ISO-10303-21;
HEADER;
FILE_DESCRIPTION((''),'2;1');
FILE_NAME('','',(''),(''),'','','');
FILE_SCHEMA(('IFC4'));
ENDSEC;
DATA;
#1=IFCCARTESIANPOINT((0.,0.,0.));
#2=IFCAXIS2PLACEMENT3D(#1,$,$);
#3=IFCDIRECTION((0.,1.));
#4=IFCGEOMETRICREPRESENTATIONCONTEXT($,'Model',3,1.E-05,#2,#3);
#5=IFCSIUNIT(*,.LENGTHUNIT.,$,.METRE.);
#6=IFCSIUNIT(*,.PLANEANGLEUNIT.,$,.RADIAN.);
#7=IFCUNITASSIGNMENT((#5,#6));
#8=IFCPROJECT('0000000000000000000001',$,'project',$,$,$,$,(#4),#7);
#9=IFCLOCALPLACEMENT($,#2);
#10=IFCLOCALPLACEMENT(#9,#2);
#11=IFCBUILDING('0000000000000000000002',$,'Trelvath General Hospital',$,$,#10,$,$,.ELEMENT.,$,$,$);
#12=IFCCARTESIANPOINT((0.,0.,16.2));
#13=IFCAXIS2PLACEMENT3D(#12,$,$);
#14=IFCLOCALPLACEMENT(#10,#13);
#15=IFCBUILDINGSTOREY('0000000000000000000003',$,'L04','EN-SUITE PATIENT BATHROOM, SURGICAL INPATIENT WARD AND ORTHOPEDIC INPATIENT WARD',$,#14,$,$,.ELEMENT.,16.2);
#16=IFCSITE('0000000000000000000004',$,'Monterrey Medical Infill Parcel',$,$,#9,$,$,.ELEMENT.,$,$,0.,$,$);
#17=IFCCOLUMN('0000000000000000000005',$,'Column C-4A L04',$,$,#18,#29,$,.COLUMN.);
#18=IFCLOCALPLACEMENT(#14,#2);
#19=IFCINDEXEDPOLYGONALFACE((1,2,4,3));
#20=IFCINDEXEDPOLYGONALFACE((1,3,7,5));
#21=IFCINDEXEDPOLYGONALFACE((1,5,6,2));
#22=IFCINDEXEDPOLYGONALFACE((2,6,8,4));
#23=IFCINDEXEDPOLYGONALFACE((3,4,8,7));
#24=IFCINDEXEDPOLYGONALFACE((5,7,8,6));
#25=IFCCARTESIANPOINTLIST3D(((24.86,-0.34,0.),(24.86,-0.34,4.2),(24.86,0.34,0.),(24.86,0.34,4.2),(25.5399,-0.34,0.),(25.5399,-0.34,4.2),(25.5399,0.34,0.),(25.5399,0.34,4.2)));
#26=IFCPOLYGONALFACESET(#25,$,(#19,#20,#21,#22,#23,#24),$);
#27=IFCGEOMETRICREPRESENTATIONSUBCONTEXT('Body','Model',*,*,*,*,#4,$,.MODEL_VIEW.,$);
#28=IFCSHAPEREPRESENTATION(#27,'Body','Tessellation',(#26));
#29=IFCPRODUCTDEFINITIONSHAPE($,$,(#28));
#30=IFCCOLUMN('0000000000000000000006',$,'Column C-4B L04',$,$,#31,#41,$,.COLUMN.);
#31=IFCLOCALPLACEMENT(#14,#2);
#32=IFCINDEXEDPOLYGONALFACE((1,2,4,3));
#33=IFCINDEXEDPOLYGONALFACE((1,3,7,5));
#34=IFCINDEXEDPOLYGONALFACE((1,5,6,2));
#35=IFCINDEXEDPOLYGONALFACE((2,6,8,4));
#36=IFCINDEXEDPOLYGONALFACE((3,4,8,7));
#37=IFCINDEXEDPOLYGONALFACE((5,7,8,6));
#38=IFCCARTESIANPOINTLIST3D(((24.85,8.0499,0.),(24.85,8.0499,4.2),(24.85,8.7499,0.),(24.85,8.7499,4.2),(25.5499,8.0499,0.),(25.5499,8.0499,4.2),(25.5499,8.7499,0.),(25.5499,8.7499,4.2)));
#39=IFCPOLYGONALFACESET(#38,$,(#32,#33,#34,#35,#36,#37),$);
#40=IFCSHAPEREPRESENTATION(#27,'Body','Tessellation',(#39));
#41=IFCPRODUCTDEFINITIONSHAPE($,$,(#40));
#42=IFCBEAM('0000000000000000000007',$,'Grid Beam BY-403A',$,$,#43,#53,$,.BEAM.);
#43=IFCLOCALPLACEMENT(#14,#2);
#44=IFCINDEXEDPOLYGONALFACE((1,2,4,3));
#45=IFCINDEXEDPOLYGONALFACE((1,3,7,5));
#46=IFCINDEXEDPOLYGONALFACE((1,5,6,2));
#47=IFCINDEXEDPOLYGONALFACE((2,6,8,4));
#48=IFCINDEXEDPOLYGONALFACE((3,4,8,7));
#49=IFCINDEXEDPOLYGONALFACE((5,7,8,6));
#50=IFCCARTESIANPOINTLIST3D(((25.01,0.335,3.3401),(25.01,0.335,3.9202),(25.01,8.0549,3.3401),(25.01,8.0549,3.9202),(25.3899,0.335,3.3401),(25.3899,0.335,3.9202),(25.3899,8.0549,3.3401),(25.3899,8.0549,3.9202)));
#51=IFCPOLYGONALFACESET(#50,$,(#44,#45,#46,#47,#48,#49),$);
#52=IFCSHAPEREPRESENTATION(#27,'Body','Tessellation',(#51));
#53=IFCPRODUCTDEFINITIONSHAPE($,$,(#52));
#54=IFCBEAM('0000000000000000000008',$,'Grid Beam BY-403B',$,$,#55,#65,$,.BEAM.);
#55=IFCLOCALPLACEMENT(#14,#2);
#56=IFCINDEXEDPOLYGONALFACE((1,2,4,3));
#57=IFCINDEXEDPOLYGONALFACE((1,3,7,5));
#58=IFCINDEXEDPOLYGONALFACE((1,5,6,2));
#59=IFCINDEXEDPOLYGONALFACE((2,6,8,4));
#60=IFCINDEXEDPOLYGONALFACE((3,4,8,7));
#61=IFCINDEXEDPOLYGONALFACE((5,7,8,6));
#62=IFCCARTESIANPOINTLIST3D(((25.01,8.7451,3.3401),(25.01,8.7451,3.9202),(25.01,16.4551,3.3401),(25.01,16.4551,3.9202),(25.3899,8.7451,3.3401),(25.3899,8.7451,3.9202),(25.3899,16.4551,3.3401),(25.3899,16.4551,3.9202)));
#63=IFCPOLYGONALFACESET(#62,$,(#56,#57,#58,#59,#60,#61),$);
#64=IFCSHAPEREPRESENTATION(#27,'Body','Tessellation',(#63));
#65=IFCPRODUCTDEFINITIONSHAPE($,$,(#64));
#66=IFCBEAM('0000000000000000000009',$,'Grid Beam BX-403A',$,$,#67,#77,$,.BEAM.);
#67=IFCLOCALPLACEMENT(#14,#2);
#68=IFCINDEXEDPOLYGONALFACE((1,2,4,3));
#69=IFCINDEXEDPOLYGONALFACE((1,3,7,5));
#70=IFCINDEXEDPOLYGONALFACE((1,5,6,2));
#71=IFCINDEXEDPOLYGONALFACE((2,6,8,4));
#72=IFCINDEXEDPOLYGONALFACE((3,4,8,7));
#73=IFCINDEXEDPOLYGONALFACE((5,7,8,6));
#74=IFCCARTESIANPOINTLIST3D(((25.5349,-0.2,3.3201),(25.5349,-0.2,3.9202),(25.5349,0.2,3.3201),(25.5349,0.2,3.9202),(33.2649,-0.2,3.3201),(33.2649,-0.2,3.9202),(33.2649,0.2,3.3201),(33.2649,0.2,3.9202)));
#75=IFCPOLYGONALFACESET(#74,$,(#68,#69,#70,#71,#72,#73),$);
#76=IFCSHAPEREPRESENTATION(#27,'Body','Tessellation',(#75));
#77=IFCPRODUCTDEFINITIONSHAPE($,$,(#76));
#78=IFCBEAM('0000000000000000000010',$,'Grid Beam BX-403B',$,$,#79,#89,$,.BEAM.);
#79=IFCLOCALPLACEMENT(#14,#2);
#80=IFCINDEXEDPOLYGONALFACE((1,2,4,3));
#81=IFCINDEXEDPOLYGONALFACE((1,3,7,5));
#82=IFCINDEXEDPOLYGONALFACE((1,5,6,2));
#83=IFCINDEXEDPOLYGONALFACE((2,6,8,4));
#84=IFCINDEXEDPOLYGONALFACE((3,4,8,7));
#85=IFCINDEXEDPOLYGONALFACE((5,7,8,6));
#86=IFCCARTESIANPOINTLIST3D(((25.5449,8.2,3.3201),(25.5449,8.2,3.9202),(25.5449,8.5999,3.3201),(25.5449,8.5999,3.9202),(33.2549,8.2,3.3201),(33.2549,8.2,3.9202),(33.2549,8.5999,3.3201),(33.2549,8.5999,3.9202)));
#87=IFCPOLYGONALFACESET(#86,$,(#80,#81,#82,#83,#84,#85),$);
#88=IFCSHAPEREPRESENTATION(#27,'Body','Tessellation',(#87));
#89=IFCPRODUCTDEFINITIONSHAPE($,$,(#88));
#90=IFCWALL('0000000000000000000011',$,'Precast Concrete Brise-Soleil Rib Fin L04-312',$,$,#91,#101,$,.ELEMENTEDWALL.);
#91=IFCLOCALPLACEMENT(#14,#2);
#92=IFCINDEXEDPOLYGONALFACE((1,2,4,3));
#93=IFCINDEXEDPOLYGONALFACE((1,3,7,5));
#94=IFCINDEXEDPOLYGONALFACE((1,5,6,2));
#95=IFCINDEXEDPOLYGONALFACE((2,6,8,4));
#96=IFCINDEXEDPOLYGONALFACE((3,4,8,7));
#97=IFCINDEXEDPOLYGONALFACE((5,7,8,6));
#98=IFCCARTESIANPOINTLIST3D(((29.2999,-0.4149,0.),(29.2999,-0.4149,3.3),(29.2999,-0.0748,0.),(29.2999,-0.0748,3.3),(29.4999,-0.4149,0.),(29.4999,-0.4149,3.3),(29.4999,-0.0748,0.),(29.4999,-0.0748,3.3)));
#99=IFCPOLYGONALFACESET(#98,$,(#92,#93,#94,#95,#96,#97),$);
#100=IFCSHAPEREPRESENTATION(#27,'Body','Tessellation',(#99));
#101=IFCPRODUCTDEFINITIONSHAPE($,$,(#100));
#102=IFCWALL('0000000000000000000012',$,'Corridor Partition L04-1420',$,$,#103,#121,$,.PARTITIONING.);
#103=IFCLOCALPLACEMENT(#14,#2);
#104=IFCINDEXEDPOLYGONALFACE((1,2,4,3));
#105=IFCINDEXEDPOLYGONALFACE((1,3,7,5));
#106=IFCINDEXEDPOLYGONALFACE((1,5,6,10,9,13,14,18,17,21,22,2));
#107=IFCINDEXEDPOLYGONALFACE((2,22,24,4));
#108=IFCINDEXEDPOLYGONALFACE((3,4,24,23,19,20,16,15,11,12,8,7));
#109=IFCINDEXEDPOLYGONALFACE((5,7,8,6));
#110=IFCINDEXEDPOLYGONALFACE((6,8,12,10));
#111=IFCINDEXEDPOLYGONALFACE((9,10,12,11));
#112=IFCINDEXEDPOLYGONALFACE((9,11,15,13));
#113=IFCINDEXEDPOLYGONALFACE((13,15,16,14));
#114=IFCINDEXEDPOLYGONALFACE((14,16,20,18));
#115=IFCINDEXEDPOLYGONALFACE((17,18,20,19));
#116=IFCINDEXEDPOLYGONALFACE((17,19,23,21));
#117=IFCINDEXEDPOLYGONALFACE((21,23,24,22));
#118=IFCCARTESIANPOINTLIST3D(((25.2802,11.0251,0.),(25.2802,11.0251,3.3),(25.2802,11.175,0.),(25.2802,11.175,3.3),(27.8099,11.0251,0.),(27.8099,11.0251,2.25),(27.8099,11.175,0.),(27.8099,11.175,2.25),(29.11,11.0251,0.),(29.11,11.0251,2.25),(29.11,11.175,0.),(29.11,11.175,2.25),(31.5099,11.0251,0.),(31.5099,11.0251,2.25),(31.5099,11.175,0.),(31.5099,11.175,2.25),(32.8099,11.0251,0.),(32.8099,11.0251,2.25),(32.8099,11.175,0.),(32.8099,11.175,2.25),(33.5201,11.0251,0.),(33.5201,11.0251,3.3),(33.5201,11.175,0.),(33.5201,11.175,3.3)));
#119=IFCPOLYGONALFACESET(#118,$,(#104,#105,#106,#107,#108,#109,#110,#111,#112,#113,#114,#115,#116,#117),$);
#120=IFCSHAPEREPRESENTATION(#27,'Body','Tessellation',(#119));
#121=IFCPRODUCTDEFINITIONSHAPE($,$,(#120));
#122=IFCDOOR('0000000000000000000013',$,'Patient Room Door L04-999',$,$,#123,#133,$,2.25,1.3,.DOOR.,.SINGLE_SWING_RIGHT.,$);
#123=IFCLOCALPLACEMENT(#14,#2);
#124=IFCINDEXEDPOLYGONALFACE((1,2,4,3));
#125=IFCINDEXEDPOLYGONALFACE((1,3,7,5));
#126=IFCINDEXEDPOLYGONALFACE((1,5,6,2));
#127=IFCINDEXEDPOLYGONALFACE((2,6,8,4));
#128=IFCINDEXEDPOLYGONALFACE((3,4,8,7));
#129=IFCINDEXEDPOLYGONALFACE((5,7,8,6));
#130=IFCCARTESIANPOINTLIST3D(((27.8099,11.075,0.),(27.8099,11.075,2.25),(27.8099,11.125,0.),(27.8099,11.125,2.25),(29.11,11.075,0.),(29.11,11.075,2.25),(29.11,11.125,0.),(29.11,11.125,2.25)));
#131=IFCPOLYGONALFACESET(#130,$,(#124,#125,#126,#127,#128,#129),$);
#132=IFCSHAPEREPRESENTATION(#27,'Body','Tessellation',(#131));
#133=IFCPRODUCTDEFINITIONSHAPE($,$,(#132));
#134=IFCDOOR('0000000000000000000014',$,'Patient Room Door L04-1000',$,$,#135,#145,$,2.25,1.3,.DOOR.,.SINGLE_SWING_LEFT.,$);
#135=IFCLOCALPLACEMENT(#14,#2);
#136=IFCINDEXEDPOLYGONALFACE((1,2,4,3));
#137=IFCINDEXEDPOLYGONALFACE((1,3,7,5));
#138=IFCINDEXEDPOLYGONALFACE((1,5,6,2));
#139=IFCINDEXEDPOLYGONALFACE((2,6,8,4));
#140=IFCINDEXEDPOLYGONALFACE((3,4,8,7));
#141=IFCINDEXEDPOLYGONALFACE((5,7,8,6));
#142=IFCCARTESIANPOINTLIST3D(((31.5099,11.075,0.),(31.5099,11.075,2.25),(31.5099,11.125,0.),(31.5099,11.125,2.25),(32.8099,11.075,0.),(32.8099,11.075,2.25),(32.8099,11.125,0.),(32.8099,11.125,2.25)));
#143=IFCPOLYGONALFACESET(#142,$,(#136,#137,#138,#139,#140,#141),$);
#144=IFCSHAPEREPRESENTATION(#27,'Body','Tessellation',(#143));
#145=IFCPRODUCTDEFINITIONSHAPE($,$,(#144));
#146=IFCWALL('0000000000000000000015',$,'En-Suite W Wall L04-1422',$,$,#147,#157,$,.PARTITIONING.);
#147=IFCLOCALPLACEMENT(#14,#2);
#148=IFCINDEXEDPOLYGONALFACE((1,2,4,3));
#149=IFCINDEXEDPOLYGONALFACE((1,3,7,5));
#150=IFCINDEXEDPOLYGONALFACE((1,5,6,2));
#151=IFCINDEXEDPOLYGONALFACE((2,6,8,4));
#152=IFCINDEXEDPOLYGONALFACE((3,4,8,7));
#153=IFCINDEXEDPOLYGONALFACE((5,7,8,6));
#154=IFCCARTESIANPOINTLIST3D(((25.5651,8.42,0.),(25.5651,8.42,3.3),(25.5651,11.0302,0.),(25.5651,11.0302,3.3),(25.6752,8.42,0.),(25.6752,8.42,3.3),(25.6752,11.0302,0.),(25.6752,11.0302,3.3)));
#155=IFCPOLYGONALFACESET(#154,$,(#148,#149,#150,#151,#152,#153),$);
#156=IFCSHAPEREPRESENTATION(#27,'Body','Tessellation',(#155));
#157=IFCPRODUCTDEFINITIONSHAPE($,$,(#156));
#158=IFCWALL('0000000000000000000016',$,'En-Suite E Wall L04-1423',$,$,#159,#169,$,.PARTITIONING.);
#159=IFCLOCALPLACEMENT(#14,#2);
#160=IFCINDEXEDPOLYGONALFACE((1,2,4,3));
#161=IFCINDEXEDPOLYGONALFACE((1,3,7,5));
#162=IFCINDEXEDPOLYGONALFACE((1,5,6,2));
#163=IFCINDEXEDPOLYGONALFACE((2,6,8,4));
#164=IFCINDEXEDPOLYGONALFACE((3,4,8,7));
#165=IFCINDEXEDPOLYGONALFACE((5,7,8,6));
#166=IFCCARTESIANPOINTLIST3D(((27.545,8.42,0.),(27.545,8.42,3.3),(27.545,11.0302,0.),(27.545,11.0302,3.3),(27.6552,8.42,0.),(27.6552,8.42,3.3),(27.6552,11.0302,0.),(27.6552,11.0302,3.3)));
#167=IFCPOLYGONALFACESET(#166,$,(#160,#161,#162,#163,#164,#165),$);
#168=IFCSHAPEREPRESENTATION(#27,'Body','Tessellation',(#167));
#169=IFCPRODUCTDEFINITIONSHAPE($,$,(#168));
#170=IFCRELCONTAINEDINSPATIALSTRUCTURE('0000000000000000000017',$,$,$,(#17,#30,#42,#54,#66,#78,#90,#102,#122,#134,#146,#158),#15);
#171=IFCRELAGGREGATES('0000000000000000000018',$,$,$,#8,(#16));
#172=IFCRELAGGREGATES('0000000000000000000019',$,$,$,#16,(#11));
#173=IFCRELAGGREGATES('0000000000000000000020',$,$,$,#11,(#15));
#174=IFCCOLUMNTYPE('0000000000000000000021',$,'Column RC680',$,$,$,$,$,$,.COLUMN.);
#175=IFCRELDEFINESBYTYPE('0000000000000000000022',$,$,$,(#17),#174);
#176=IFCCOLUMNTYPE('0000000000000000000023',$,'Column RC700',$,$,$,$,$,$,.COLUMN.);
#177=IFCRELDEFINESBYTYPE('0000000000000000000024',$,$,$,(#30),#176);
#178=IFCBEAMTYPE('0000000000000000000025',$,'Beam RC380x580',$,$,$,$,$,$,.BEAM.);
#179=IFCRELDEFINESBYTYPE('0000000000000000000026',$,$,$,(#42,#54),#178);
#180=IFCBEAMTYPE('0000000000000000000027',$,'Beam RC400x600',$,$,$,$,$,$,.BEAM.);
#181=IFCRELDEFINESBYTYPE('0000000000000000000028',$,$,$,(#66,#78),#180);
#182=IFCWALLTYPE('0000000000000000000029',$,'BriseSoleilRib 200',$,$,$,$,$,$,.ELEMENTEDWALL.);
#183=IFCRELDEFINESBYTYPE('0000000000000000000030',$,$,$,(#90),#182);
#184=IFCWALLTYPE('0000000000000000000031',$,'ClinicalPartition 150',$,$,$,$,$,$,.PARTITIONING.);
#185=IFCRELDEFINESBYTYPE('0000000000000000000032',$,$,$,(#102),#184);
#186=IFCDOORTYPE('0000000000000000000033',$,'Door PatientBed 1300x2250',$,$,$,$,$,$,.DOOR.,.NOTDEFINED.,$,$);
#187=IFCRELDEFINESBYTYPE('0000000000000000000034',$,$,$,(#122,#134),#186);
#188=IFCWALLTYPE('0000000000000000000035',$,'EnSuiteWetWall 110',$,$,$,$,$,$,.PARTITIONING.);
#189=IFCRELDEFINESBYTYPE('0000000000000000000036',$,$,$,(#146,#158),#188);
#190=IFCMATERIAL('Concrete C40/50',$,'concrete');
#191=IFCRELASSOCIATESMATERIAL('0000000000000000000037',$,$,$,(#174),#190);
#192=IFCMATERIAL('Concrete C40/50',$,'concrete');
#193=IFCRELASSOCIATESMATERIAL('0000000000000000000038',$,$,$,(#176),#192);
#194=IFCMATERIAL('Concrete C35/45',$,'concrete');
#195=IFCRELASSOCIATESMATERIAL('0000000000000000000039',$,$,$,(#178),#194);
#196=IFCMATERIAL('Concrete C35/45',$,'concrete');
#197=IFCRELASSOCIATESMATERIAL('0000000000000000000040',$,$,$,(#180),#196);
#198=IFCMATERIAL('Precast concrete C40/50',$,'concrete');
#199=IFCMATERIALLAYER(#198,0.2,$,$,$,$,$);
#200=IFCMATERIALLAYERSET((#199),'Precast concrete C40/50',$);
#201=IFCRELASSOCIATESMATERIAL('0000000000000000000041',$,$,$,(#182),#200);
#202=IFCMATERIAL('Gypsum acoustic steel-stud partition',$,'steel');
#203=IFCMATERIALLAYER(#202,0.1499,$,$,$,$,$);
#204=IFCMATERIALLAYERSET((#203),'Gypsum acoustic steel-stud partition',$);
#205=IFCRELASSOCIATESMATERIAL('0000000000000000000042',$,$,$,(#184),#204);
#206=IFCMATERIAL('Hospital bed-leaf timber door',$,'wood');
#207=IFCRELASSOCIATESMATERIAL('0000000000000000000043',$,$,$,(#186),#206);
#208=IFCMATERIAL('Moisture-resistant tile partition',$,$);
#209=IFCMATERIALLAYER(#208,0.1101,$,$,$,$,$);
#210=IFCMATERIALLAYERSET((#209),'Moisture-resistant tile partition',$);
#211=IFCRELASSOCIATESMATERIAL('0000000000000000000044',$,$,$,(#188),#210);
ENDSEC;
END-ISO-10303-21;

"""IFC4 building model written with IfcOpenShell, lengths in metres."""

from ifc_helpers import new_model, si_unit, direction, frame, frame_2d, origin, origin_2d, place, context, subcontext, project, spatial, rectangle, extrude, material, layer, layer_set, material_profile, profile_set, type_object, element, fill, save


model = new_model("IFC4")

# Units and contexts
model_context = context("Model", 3, precision=1e-05, world=origin(), true_north=direction((0.0, 1.0)))
body_context = subcontext(model_context, "Body", "Model", "MODEL_VIEW")
ifc_project = project(units=[si_unit("LENGTHUNIT", "METRE"), si_unit("PLANEANGLEUNIT", "RADIAN")], contexts=[model_context])

# Site, building, storey
site_placement = place(None, origin())
site = spatial("IfcSite", under=ifc_project, at=site_placement, Name="Monterrey Medical Infill Parcel", CompositionType="ELEMENT", RefElevation=0.0)
building_placement = place(site_placement, origin())
building = spatial("IfcBuilding", under=site, at=building_placement, Name="Trelvath General Hospital", CompositionType="ELEMENT")
storey_placement = place(building_placement, frame((0.0, 0.0, 16.2)))
storey = spatial("IfcBuildingStorey", under=building, at=storey_placement, Name="L04", Description="EN-SUITE PATIENT BATHROOM, SURGICAL INPATIENT WARD AND ORTHOPEDIC INPATIENT WARD", CompositionType="ELEMENT", Elevation=16.2)

# Columns
ifc_material_1 = material(Name="Concrete C40/50", Category="concrete")
ifc_material_profile_1 = material_profile(ifc_material_1, rectangle(XDim=0.6799, YDim=0.6799, at=origin_2d()), Name="RC680x680")
ifc_profile_set_1 = profile_set([ifc_material_profile_1], Name="Concrete C40/50")
column_type_1 = type_object("IfcColumnType", Name="Column RC680", PredefinedType="COLUMN", material=ifc_profile_set_1)
column_1_placement = place(storey_placement, frame((25.2, 0.0, 0.0), z_axis=(0.0, 0.0, 1.0), x_axis=(1.0, 0.0, 0.0)))
element("IfcColumn", 1, at=column_1_placement, inside=storey, type_object=column_type_1, Name="Column C-4A L04", PredefinedType="COLUMN", context=body_context, shape_type="SweptSolid", body=[
    extrude(rectangle(XDim=0.6799, YDim=0.6799, at=origin_2d()), origin(), (0.0, 0.0, 1.0), 4.2),
])
ifc_material_2 = material(Name="Concrete C40/50", Category="concrete")
ifc_material_profile_2 = material_profile(ifc_material_2, rectangle(XDim=0.7, YDim=0.7, at=origin_2d()), Name="RC700x700")
ifc_profile_set_2 = profile_set([ifc_material_profile_2], Name="Concrete C40/50")
column_type_2 = type_object("IfcColumnType", Name="Column RC700", PredefinedType="COLUMN", material=ifc_profile_set_2)
column_2_placement = place(storey_placement, frame((25.2, 8.3999, 0.0), z_axis=(0.0, 0.0, 1.0), x_axis=(1.0, 0.0, 0.0)))
element("IfcColumn", 2, at=column_2_placement, inside=storey, type_object=column_type_2, Name="Column C-4B L04", PredefinedType="COLUMN", context=body_context, shape_type="SweptSolid", body=[
    extrude(rectangle(XDim=0.7, YDim=0.7, at=origin_2d()), origin(), (0.0, 0.0, 1.0), 4.2),
])

# Beams
ifc_material_3 = material(Name="Concrete C35/45", Category="concrete")
ifc_material_profile_3 = material_profile(ifc_material_3, rectangle(XDim=0.3799, YDim=0.5801, at=origin_2d()), Name="RCB380x580")
ifc_profile_set_3 = profile_set([ifc_material_profile_3], Name="Concrete C35/45")
beam_type_1 = type_object("IfcBeamType", Name="Beam RC380x580", PredefinedType="BEAM", material=ifc_profile_set_3)
beam_1_placement = place(storey_placement, frame((25.2, 0.335, 3.6301), z_axis=(0.0, 1.0, 0.0), x_axis=(-1.0, 0.0, 0.0)))
element("IfcBeam", 3, at=beam_1_placement, inside=storey, type_object=beam_type_1, Name="Grid Beam BY-403A", PredefinedType="BEAM", context=body_context, shape_type="SweptSolid", body=[
    extrude(rectangle(XDim=0.3799, YDim=0.5801, at=origin_2d()), origin(), (0.0, 0.0, 1.0), 7.72),
])
beam_2_placement = place(storey_placement, frame((25.2, 8.7451, 3.6301), z_axis=(0.0, 1.0, 0.0), x_axis=(-1.0, 0.0, 0.0)))
element("IfcBeam", 4, at=beam_2_placement, inside=storey, type_object=beam_type_1, Name="Grid Beam BY-403B", PredefinedType="BEAM", context=body_context, shape_type="SweptSolid", body=[
    extrude(rectangle(XDim=0.3799, YDim=0.5801, at=origin_2d()), origin(), (0.0, 0.0, 1.0), 7.71),
])
ifc_material_4 = material(Name="Concrete C35/45", Category="concrete")
ifc_material_profile_4 = material_profile(ifc_material_4, rectangle(XDim=0.3999, YDim=0.6001, at=origin_2d()), Name="RCB400x600")
ifc_profile_set_4 = profile_set([ifc_material_profile_4], Name="Concrete C35/45")
beam_type_2 = type_object("IfcBeamType", Name="Beam RC400x600", PredefinedType="BEAM", material=ifc_profile_set_4)
beam_3_placement = place(storey_placement, frame((25.5349, 0.0, 3.6201), z_axis=(1.0, 0.0, 0.0), x_axis=(0.0, 1.0, 0.0)))
element("IfcBeam", 5, at=beam_3_placement, inside=storey, type_object=beam_type_2, Name="Grid Beam BX-403A", PredefinedType="BEAM", context=body_context, shape_type="SweptSolid", body=[
    extrude(rectangle(XDim=0.3999, YDim=0.6001, at=origin_2d()), origin(), (0.0, 0.0, 1.0), 7.73),
])
beam_4_placement = place(storey_placement, frame((25.5449, 8.3999, 3.6201), z_axis=(1.0, 0.0, 0.0), x_axis=(0.0, 1.0, 0.0)))
element("IfcBeam", 6, at=beam_4_placement, inside=storey, type_object=beam_type_2, Name="Grid Beam BX-403B", PredefinedType="BEAM", context=body_context, shape_type="SweptSolid", body=[
    extrude(rectangle(XDim=0.3999, YDim=0.6001, at=origin_2d()), origin(), (0.0, 0.0, 1.0), 7.71),
])

# Wall
ifc_material_5 = material(Name="Precast concrete C40/50", Category="concrete")
ifc_layer_1 = layer(ifc_material_5, 0.2)
ifc_layer_set_1 = layer_set([ifc_layer_1], Name="Precast concrete C40/50")
wall_type_1 = type_object("IfcWallType", Name="BriseSoleilRib 200", PredefinedType="ELEMENTEDWALL", material=ifc_layer_set_1)
wall_1_placement = place(storey_placement, frame((29.3999, -0.075, 0.0), z_axis=(0.0, 0.0, 1.0), x_axis=(0.0, -1.0, 0.0)))
element("IfcWall", 7, at=wall_1_placement, inside=storey, type_object=wall_type_1, Name="Precast Concrete Brise-Soleil Rib Fin L04-312", PredefinedType="ELEMENTEDWALL", context=body_context, shape_type="SweptSolid", body=[
    extrude(rectangle(XDim=0.3401, YDim=0.2, at=frame_2d((0.1699, 0.0))), origin(), (0.0, 0.0, 1.0), 3.3),
])

# Wall, openings, doors
ifc_material_6 = material(Name="Gypsum acoustic steel-stud partition", Category="steel")
ifc_layer_2 = layer(ifc_material_6, 0.1499)
ifc_layer_set_2 = layer_set([ifc_layer_2], Name="Gypsum acoustic steel-stud partition")
wall_type_2 = type_object("IfcWallType", Name="ClinicalPartition 150", PredefinedType="PARTITIONING", material=ifc_layer_set_2)
wall_2_placement = place(storey_placement, frame((25.28, 11.1001, 0.0), z_axis=(0.0, 0.0, 1.0), x_axis=(1.0, 0.0, 0.0)))
wall_2 = element("IfcWall", 8, at=wall_2_placement, inside=storey, type_object=wall_type_2, Name="Corridor Partition L04-1420", PredefinedType="PARTITIONING", context=body_context, shape_type="SweptSolid", body=[
    extrude(rectangle(XDim=8.24, YDim=0.1499, at=frame_2d((4.1201, 0.0))), origin(), (0.0, 0.0, 1.0), 3.3),
])
opening_1_placement = place(wall_2_placement, frame((2.53, 0.0, 0.0)))
opening_1 = element("IfcOpeningElement", 9, at=opening_1_placement, cuts=wall_2, PredefinedType="OPENING", context=body_context, shape_type="SweptSolid", body=[
    extrude(rectangle(XDim=1.3, YDim=2.25, at=frame_2d((0.6499, 1.125))), frame((0.0, 0.085, 0.0), z_axis=(0.0, -1.0, 0.0), x_axis=(1.0, 0.0, 0.0)), (0.0, 0.0, 1.0), 0.1699),
])
opening_2_placement = place(wall_2_placement, frame((6.23, 0.0, 0.0)))
opening_2 = element("IfcOpeningElement", 10, at=opening_2_placement, cuts=wall_2, PredefinedType="OPENING", context=body_context, shape_type="SweptSolid", body=[
    extrude(rectangle(XDim=1.3, YDim=2.25, at=frame_2d((0.6499, 1.125))), frame((0.0, 0.085, 0.0), z_axis=(0.0, -1.0, 0.0), x_axis=(1.0, 0.0, 0.0)), (0.0, 0.0, 1.0), 0.1699),
])
ifc_material_7 = material(Name="Hospital bed-leaf timber door", Category="wood")
door_type_1 = type_object("IfcDoorType", Name="Door PatientBed 1300x2250", OperationType="NOTDEFINED", PredefinedType="DOOR", material=ifc_material_7)
door_1_placement = place(opening_1_placement, origin())
door_1 = element("IfcDoor", 11, at=door_1_placement, inside=storey, type_object=door_type_1, Name="Patient Room Door L04-999", OperationType="SINGLE_SWING_RIGHT", OverallHeight=2.25, OverallWidth=1.3, PredefinedType="DOOR", context=body_context, shape_type="SweptSolid", body=[
    extrude(rectangle(XDim=1.3, YDim=2.25, at=frame_2d((0.6499, 1.125))), frame((0.0, 0.0249, 0.0), z_axis=(0.0, -1.0, 0.0), x_axis=(1.0, 0.0, 0.0)), (0.0, 0.0, 1.0), 0.05),
])
fill(opening_1, door_1)
door_2_placement = place(opening_2_placement, origin())
door_2 = element("IfcDoor", 12, at=door_2_placement, inside=storey, type_object=door_type_1, Name="Patient Room Door L04-1000", OperationType="SINGLE_SWING_LEFT", OverallHeight=2.25, OverallWidth=1.3, PredefinedType="DOOR", context=body_context, shape_type="SweptSolid", body=[
    extrude(rectangle(XDim=1.3, YDim=2.25, at=frame_2d((0.6499, 1.125))), frame((0.0, 0.0249, 0.0), z_axis=(0.0, -1.0, 0.0), x_axis=(1.0, 0.0, 0.0)), (0.0, 0.0, 1.0), 0.05),
])
fill(opening_2, door_2)

# Walls
ifc_material_8 = material(Name="Moisture-resistant tile partition")
ifc_layer_3 = layer(ifc_material_8, 0.1101)
ifc_layer_set_3 = layer_set([ifc_layer_3], Name="Moisture-resistant tile partition")
wall_type_3 = type_object("IfcWallType", Name="EnSuiteWetWall 110", PredefinedType="PARTITIONING", material=ifc_layer_set_3)
for number, where, z_axis, x_axis, name in (
    (13, (25.6201, 8.4199, 0.0), (0.0, 0.0, 1.0), (0.0, 1.0, 0.0), "En-Suite W Wall L04-1422"),
    (14, (27.6001, 8.4199, 0.0), (0.0, 0.0, 1.0), (0.0, 1.0, 0.0), "En-Suite E Wall L04-1423"),
):
    element("IfcWall", number, at=place(storey_placement, frame(where, z_axis=z_axis, x_axis=x_axis)), inside=storey, type_object=wall_type_3, Name=name, PredefinedType="PARTITIONING", context=body_context, shape_type="SweptSolid", body=[
        extrude(rectangle(XDim=2.6101, YDim=0.1101, at=frame_2d((1.3052, 0.0))), origin(), (0.0, 0.0, 1.0), 3.3),
    ])

save(model, "model.ifc")
